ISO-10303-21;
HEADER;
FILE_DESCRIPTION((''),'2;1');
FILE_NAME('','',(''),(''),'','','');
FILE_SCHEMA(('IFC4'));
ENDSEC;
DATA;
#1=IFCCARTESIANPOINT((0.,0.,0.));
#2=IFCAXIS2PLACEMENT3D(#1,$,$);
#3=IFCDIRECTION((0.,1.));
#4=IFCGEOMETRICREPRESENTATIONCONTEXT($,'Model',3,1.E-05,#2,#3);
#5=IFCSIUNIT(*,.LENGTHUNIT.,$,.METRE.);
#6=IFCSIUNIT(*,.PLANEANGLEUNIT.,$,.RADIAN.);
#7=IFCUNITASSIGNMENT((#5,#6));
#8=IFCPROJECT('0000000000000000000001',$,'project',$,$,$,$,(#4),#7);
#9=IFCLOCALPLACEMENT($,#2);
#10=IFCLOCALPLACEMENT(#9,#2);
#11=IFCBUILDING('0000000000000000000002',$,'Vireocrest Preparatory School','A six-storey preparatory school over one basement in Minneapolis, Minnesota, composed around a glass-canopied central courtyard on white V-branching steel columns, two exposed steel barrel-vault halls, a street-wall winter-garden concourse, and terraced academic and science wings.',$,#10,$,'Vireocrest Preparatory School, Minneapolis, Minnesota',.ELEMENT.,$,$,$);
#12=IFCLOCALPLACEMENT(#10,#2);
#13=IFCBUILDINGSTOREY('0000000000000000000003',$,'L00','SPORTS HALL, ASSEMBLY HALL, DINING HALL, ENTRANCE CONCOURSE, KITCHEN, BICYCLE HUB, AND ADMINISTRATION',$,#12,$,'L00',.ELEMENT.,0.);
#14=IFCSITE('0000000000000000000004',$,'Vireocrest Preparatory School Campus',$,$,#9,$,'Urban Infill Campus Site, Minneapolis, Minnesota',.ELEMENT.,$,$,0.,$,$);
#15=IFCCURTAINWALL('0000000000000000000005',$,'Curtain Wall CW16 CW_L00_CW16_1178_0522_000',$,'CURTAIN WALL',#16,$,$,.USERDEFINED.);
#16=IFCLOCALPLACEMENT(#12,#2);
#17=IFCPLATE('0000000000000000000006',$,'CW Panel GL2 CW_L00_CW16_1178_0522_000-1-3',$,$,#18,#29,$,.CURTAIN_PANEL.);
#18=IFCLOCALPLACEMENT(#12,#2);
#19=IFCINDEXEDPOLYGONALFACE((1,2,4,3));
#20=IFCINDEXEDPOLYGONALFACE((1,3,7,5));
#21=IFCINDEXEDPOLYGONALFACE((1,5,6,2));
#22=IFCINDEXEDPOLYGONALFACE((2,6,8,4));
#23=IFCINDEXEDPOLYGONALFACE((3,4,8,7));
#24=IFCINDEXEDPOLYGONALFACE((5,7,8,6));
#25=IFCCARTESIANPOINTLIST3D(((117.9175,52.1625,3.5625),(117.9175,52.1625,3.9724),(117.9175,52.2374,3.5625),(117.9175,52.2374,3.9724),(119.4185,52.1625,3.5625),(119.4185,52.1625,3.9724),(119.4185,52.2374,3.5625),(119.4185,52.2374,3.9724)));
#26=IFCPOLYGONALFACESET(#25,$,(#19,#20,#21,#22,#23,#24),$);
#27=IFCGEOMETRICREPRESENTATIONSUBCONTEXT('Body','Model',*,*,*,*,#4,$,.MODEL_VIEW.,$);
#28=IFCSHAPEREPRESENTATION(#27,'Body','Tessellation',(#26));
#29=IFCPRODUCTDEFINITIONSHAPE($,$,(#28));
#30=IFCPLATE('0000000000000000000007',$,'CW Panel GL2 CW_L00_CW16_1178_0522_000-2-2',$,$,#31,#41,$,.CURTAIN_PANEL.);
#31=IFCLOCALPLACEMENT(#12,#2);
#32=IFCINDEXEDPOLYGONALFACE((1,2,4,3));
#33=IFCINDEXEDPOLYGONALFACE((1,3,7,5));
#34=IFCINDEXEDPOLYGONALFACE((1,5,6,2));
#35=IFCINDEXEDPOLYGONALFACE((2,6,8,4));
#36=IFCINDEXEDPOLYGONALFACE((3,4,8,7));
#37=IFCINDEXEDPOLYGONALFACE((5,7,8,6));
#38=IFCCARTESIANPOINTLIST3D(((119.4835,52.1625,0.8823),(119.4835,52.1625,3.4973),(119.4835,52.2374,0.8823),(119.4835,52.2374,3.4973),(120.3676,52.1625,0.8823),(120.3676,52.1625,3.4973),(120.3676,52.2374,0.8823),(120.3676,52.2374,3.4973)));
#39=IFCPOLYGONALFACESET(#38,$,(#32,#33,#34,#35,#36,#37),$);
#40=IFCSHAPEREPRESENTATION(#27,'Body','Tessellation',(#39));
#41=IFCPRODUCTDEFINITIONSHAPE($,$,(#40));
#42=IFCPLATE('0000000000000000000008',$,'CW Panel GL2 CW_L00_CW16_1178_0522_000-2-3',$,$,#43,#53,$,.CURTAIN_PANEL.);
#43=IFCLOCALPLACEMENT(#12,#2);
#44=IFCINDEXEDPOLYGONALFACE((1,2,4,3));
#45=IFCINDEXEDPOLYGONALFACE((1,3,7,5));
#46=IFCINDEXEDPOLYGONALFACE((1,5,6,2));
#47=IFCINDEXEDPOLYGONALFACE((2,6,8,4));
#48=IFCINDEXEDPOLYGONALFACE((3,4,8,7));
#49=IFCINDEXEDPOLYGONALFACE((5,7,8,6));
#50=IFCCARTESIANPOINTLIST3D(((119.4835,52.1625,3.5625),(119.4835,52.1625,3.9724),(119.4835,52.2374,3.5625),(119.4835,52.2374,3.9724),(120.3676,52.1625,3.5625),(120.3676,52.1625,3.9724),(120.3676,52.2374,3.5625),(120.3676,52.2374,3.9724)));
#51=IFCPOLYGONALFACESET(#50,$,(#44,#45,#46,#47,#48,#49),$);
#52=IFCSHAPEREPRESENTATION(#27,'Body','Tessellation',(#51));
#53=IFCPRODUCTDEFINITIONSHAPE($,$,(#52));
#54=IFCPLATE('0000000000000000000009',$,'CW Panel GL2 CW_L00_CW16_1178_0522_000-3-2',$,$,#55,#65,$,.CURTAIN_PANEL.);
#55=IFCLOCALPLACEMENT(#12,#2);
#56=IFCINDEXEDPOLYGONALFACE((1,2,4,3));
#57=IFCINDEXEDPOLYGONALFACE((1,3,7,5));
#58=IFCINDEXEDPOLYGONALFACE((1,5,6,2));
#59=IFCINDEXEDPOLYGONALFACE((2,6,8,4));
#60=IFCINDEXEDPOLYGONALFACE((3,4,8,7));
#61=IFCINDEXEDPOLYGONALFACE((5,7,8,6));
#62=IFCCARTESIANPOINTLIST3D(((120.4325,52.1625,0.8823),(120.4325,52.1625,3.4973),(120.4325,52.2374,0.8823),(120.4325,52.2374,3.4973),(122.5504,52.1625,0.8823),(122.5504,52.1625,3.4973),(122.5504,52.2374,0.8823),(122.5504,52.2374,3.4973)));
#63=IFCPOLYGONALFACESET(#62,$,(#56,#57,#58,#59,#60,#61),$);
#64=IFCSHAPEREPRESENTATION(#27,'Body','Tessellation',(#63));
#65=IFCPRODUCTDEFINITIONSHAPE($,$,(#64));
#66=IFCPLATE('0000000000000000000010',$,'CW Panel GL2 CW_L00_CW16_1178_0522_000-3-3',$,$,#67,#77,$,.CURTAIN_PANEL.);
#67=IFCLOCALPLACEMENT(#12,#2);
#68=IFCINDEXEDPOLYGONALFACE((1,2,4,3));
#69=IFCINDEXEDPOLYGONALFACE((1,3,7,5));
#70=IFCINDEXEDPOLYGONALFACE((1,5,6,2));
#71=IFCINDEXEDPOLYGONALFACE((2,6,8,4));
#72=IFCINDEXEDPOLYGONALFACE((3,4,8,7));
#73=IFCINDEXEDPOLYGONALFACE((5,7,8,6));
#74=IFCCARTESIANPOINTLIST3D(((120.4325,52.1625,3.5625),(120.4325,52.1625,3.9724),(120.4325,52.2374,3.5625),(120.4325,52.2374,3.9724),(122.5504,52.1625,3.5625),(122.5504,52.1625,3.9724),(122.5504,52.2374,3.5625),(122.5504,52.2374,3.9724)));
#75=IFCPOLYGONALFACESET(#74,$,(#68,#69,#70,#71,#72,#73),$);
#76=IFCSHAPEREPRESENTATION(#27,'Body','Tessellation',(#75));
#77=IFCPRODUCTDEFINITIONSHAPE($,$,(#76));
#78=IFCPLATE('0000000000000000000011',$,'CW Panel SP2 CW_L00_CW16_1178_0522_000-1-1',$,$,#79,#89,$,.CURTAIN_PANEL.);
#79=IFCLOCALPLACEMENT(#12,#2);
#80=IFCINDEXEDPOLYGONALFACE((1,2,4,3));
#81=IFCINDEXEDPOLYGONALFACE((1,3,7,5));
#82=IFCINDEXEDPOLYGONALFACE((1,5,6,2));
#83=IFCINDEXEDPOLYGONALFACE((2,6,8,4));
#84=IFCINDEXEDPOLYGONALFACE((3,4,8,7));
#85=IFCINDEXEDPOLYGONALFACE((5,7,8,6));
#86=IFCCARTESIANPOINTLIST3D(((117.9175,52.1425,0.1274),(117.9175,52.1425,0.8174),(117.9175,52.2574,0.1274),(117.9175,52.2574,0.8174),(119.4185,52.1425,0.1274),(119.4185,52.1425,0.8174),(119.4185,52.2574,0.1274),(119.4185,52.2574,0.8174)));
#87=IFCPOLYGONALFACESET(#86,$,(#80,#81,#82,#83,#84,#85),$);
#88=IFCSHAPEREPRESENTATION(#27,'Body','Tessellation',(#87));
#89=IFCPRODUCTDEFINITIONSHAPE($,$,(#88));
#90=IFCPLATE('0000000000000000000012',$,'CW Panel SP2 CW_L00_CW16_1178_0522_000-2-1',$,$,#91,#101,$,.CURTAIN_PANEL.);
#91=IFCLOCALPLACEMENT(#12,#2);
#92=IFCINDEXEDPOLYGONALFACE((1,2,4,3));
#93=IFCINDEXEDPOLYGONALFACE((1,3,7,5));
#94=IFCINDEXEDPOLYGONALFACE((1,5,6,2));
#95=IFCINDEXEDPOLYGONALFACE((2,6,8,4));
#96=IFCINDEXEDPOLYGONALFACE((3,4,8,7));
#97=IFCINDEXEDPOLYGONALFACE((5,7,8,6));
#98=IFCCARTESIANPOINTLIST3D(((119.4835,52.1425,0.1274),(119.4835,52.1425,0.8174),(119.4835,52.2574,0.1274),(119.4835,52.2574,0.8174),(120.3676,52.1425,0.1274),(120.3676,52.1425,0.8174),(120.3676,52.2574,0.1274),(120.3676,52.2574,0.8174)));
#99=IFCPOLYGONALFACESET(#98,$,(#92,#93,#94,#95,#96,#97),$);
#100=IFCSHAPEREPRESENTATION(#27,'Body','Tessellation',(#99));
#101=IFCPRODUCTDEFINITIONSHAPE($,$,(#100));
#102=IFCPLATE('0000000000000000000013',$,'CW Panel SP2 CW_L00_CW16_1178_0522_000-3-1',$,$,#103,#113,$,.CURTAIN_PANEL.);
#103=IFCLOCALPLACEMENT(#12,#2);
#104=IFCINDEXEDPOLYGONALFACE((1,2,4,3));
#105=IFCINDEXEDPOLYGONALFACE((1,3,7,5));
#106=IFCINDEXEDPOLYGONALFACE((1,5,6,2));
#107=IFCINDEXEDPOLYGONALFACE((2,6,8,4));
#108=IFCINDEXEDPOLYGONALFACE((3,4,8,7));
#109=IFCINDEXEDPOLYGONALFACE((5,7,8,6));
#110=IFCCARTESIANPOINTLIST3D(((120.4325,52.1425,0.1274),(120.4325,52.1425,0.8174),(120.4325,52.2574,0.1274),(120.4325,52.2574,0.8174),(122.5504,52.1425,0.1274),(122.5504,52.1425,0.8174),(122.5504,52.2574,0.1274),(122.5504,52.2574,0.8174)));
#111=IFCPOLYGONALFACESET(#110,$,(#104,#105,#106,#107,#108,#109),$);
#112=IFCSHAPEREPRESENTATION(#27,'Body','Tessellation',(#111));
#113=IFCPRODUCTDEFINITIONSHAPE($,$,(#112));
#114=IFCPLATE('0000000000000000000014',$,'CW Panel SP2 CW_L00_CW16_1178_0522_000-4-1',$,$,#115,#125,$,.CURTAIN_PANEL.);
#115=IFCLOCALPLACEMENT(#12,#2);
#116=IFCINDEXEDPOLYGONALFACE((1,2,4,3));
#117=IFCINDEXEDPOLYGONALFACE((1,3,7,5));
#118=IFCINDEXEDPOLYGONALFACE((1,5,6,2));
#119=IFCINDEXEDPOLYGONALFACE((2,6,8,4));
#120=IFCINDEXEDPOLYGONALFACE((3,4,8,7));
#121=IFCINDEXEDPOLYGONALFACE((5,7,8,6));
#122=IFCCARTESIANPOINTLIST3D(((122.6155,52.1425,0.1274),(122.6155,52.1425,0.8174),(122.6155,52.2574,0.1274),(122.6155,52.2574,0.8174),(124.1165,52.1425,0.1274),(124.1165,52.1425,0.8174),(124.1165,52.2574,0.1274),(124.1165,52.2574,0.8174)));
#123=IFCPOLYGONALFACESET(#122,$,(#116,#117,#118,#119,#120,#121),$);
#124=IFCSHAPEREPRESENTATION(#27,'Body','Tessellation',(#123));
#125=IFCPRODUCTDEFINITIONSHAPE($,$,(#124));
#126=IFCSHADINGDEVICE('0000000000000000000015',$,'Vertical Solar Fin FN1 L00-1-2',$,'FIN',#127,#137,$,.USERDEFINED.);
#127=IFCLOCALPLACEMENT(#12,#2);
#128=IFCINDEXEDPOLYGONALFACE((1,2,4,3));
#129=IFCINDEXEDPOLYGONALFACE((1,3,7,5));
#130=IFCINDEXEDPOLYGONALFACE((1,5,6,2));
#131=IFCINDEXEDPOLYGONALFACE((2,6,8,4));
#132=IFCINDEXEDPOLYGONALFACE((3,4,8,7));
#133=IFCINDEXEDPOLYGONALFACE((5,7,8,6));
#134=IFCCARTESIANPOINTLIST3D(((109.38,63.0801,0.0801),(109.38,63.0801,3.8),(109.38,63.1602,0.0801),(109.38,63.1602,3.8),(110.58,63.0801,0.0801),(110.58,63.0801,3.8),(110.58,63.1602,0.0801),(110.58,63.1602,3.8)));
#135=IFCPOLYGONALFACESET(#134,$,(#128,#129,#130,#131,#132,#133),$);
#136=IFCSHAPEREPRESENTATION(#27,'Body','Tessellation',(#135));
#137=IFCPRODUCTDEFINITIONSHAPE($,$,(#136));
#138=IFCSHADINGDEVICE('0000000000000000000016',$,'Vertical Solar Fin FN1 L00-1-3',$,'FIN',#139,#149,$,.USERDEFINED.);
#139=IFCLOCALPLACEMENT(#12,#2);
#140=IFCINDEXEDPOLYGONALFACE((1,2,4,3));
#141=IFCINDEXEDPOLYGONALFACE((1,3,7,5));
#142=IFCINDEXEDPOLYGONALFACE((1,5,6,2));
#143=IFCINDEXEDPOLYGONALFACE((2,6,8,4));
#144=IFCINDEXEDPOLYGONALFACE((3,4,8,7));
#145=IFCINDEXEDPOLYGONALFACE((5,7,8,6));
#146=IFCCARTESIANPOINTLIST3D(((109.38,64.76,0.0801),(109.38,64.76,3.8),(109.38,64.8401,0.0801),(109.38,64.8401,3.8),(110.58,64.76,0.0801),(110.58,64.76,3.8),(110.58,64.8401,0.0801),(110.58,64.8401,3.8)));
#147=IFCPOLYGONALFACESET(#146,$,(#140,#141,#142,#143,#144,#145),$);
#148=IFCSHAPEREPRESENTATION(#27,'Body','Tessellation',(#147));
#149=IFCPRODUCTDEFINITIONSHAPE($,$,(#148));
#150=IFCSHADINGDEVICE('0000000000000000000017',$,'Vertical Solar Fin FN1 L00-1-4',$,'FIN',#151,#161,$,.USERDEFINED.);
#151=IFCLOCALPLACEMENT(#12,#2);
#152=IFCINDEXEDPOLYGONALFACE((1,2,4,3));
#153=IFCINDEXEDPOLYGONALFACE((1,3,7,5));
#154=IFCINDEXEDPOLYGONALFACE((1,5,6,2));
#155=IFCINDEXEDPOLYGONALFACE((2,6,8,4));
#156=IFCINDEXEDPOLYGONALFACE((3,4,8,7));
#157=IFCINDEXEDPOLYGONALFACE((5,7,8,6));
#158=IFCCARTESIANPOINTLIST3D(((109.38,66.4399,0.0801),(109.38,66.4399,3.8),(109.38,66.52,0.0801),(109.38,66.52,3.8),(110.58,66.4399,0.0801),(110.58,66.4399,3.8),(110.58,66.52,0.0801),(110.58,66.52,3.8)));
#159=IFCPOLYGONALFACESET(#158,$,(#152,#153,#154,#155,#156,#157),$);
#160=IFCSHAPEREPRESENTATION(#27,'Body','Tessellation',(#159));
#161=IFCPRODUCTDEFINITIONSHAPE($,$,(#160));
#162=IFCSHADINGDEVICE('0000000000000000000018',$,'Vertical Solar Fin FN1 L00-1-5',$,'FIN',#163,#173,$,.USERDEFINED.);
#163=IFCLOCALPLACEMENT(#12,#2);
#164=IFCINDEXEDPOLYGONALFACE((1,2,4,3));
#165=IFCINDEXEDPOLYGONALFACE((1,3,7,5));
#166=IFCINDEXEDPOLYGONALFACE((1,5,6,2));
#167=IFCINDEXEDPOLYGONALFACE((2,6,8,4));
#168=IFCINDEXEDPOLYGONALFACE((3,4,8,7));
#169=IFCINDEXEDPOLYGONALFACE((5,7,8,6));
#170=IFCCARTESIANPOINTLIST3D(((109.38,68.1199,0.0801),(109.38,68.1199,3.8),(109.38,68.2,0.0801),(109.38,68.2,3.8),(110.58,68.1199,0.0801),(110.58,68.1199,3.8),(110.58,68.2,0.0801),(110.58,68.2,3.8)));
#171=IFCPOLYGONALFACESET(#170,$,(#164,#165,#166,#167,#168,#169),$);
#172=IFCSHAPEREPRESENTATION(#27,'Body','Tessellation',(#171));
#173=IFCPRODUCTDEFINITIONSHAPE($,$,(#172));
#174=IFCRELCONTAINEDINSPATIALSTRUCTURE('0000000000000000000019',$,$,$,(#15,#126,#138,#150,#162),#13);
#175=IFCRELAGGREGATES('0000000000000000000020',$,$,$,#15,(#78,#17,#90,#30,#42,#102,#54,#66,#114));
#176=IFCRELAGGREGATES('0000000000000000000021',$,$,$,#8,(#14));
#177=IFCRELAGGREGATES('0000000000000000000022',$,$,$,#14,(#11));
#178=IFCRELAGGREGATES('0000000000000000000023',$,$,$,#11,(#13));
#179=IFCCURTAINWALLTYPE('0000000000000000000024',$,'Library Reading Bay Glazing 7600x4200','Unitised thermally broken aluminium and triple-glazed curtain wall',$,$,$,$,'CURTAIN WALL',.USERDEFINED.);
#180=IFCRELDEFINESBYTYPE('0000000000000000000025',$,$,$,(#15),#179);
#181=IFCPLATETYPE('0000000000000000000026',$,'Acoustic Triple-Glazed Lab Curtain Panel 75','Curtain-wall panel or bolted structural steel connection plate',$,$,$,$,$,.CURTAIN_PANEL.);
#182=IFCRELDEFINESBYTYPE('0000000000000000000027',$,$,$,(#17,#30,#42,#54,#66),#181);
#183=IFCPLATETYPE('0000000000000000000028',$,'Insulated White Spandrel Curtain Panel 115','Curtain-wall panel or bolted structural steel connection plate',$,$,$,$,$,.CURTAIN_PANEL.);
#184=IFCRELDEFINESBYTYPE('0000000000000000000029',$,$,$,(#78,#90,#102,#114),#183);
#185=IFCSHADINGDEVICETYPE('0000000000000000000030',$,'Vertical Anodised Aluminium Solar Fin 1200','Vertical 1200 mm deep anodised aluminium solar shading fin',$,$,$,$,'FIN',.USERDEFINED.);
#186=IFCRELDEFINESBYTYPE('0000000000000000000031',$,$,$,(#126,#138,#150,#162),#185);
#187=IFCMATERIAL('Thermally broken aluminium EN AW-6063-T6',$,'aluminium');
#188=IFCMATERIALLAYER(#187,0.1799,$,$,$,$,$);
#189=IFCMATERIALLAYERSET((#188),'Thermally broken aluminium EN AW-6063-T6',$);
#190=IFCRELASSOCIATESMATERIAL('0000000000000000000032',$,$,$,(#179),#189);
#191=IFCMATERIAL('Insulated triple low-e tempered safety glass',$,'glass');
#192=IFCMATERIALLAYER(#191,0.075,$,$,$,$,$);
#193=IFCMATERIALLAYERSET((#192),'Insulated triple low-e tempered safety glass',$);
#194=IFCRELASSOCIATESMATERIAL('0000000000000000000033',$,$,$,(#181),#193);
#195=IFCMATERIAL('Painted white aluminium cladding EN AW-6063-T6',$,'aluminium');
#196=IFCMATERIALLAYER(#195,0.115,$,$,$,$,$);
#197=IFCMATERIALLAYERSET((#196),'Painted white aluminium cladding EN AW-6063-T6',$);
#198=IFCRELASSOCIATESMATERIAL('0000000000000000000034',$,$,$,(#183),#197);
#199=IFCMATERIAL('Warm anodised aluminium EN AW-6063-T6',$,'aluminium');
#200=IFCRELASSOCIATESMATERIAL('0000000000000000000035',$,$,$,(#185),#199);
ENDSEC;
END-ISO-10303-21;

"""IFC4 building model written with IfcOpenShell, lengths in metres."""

from ifc_helpers import new_model, si_unit, direction, frame, origin, origin_2d, place, context, subcontext, project, spatial, rectangle, extrude, material, layer, layer_set, material_profile, profile_set, type_object, element, aggregate, save


model = new_model("IFC4")

# Units and contexts
model_context = context("Model", 3, precision=1e-05, world=origin(), true_north=direction((0.0, 1.0)))
body_context = subcontext(model_context, "Body", "Model", "MODEL_VIEW")
ifc_project = project(units=[si_unit("LENGTHUNIT", "METRE"), si_unit("PLANEANGLEUNIT", "RADIAN")], contexts=[model_context])

# Site, building, storey
site_placement = place(None, origin())
site = spatial("IfcSite", under=ifc_project, at=site_placement, Name="Vireocrest Preparatory School Campus", LongName="Urban Infill Campus Site, Minneapolis, Minnesota", CompositionType="ELEMENT", RefElevation=0.0)
building_placement = place(site_placement, origin())
building = spatial("IfcBuilding", under=site, at=building_placement, Name="Vireocrest Preparatory School", Description="A six-storey preparatory school over one basement in Minneapolis, Minnesota, composed around a glass-canopied central courtyard on white V-branching steel columns, two exposed steel barrel-vault halls, a street-wall winter-garden concourse, and terraced academic and science wings.", LongName="Vireocrest Preparatory School, Minneapolis, Minnesota", CompositionType="ELEMENT")
storey_placement = place(building_placement, origin())
storey = spatial("IfcBuildingStorey", under=building, at=storey_placement, Name="L00", Description="SPORTS HALL, ASSEMBLY HALL, DINING HALL, ENTRANCE CONCOURSE, KITCHEN, BICYCLE HUB, AND ADMINISTRATION", LongName="L00", CompositionType="ELEMENT", Elevation=0.0)

# Curtain wall
ifc_material_1 = material(Name="Thermally broken aluminium EN AW-6063-T6", Category="aluminium")
ifc_layer_1 = layer(ifc_material_1, 0.1799)
ifc_layer_set_1 = layer_set([ifc_layer_1], Name="Thermally broken aluminium EN AW-6063-T6")
curtain_wall_type = type_object("IfcCurtainWallType", Name="Library Reading Bay Glazing 7600x4200", Description="Unitised thermally broken aluminium and triple-glazed curtain wall", ElementType="CURTAIN WALL", PredefinedType="USERDEFINED", material=ifc_layer_set_1)
curtain_wall_placement = place(storey_placement, origin())
curtain_wall = element("IfcCurtainWall", 1, at=curtain_wall_placement, inside=storey, type_object=curtain_wall_type, Name="Curtain Wall CW16 CW_L00_CW16_1178_0522_000", ObjectType="CURTAIN WALL", PredefinedType="USERDEFINED")

# Plates
ifc_material_2 = material(Name="Insulated triple low-e tempered safety glass", Category="glass")
ifc_layer_2 = layer(ifc_material_2, 0.075)
ifc_layer_set_2 = layer_set([ifc_layer_2], Name="Insulated triple low-e tempered safety glass")
plate_type_1 = type_object("IfcPlateType", Name="Acoustic Triple-Glazed Lab Curtain Panel 75", Description="Curtain-wall panel or bolted structural steel connection plate", PredefinedType="CURTAIN_PANEL", material=ifc_layer_set_2)
plate_1_placement = place(storey_placement, frame((118.668, 52.2, 3.5625), z_axis=(0.0, 0.0, 1.0), x_axis=(1.0, 0.0, 0.0)))
plate_1 = element("IfcPlate", 2, at=plate_1_placement, type_object=plate_type_1, Name="CW Panel GL2 CW_L00_CW16_1178_0522_000-1-3", PredefinedType="CURTAIN_PANEL", context=body_context, shape_type="SweptSolid", body=[
    extrude(rectangle(XDim=1.501, YDim=0.075, at=origin_2d()), origin(), (0.0, 0.0, 1.0), 0.4099),
])
plate_2_placement = place(storey_placement, frame((119.9255, 52.2, 0.8823), z_axis=(0.0, 0.0, 1.0), x_axis=(1.0, 0.0, 0.0)))
plate_2 = element("IfcPlate", 3, at=plate_2_placement, type_object=plate_type_1, Name="CW Panel GL2 CW_L00_CW16_1178_0522_000-2-2", PredefinedType="CURTAIN_PANEL", context=body_context, shape_type="SweptSolid", body=[
    extrude(rectangle(XDim=0.884, YDim=0.075, at=origin_2d()), origin(), (0.0, 0.0, 1.0), 2.615),
])
plate_3_placement = place(storey_placement, frame((119.9255, 52.2, 3.5625), z_axis=(0.0, 0.0, 1.0), x_axis=(1.0, 0.0, 0.0)))
plate_3 = element("IfcPlate", 4, at=plate_3_placement, type_object=plate_type_1, Name="CW Panel GL2 CW_L00_CW16_1178_0522_000-2-3", PredefinedType="CURTAIN_PANEL", context=body_context, shape_type="SweptSolid", body=[
    extrude(rectangle(XDim=0.884, YDim=0.075, at=origin_2d()), origin(), (0.0, 0.0, 1.0), 0.4099),
])
plate_4_placement = place(storey_placement, frame((121.4915, 52.2, 0.8823), z_axis=(0.0, 0.0, 1.0), x_axis=(1.0, 0.0, 0.0)))
plate_4 = element("IfcPlate", 5, at=plate_4_placement, type_object=plate_type_1, Name="CW Panel GL2 CW_L00_CW16_1178_0522_000-3-2", PredefinedType="CURTAIN_PANEL", context=body_context, shape_type="SweptSolid", body=[
    extrude(rectangle(XDim=2.1179, YDim=0.075, at=origin_2d()), origin(), (0.0, 0.0, 1.0), 2.615),
])
plate_5_placement = place(storey_placement, frame((121.4915, 52.2, 3.5625), z_axis=(0.0, 0.0, 1.0), x_axis=(1.0, 0.0, 0.0)))
plate_5 = element("IfcPlate", 6, at=plate_5_placement, type_object=plate_type_1, Name="CW Panel GL2 CW_L00_CW16_1178_0522_000-3-3", PredefinedType="CURTAIN_PANEL", context=body_context, shape_type="SweptSolid", body=[
    extrude(rectangle(XDim=2.1179, YDim=0.075, at=origin_2d()), origin(), (0.0, 0.0, 1.0), 0.4099),
])
ifc_material_3 = material(Name="Painted white aluminium cladding EN AW-6063-T6", Category="aluminium")
ifc_layer_3 = layer(ifc_material_3, 0.115)
ifc_layer_set_3 = layer_set([ifc_layer_3], Name="Painted white aluminium cladding EN AW-6063-T6")
plate_type_2 = type_object("IfcPlateType", Name="Insulated White Spandrel Curtain Panel 115", Description="Curtain-wall panel or bolted structural steel connection plate", PredefinedType="CURTAIN_PANEL", material=ifc_layer_set_3)
plate_6_placement = place(storey_placement, frame((118.668, 52.2, 0.1274), z_axis=(0.0, 0.0, 1.0), x_axis=(1.0, 0.0, 0.0)))
plate_6 = element("IfcPlate", 7, at=plate_6_placement, type_object=plate_type_2, Name="CW Panel SP2 CW_L00_CW16_1178_0522_000-1-1", PredefinedType="CURTAIN_PANEL", context=body_context, shape_type="SweptSolid", body=[
    extrude(rectangle(XDim=1.501, YDim=0.115, at=origin_2d()), origin(), (0.0, 0.0, 1.0), 0.6899),
])
plate_7_placement = place(storey_placement, frame((119.9255, 52.2, 0.1274), z_axis=(0.0, 0.0, 1.0), x_axis=(1.0, 0.0, 0.0)))
plate_7 = element("IfcPlate", 8, at=plate_7_placement, type_object=plate_type_2, Name="CW Panel SP2 CW_L00_CW16_1178_0522_000-2-1", PredefinedType="CURTAIN_PANEL", context=body_context, shape_type="SweptSolid", body=[
    extrude(rectangle(XDim=0.884, YDim=0.115, at=origin_2d()), origin(), (0.0, 0.0, 1.0), 0.6899),
])
plate_8_placement = place(storey_placement, frame((121.4915, 52.2, 0.1274), z_axis=(0.0, 0.0, 1.0), x_axis=(1.0, 0.0, 0.0)))
plate_8 = element("IfcPlate", 9, at=plate_8_placement, type_object=plate_type_2, Name="CW Panel SP2 CW_L00_CW16_1178_0522_000-3-1", PredefinedType="CURTAIN_PANEL", context=body_context, shape_type="SweptSolid", body=[
    extrude(rectangle(XDim=2.1179, YDim=0.115, at=origin_2d()), origin(), (0.0, 0.0, 1.0), 0.6899),
])
plate_9_placement = place(storey_placement, frame((123.366, 52.2, 0.1274), z_axis=(0.0, 0.0, 1.0), x_axis=(1.0, 0.0, 0.0)))
plate_9 = element("IfcPlate", 10, at=plate_9_placement, type_object=plate_type_2, Name="CW Panel SP2 CW_L00_CW16_1178_0522_000-4-1", PredefinedType="CURTAIN_PANEL", context=body_context, shape_type="SweptSolid", body=[
    extrude(rectangle(XDim=1.501, YDim=0.115, at=origin_2d()), origin(), (0.0, 0.0, 1.0), 0.6899),
])
aggregate(curtain_wall, [plate_6, plate_1, plate_7, plate_2, plate_3, plate_8, plate_4, plate_5, plate_9])

# Shading devices
ifc_material_4 = material(Name="Warm anodised aluminium EN AW-6063-T6", Category="aluminium")
ifc_material_profile_1 = material_profile(ifc_material_4, rectangle(XDim=0.0801, YDim=1.2, at=origin_2d()), Name="FIN 80x1200")
ifc_profile_set_1 = profile_set([ifc_material_profile_1], Name="Warm anodised aluminium EN AW-6063-T6")
shading_device_type = type_object("IfcShadingDeviceType", Name="Vertical Anodised Aluminium Solar Fin 1200", Description="Vertical 1200 mm deep anodised aluminium solar shading fin", ElementType="FIN", PredefinedType="USERDEFINED", material=ifc_profile_set_1)
for number, where, z_axis, x_axis, name in (
    (11, (109.98, 63.1201, 0.0801), (0.0, 0.0, 1.0), (0.0, -1.0, 0.0), "Vertical Solar Fin FN1 L00-1-2"),
    (12, (109.98, 64.8, 0.0801), (0.0, 0.0, 1.0), (0.0, -1.0, 0.0), "Vertical Solar Fin FN1 L00-1-3"),
    (13, (109.98, 66.48, 0.0801), (0.0, 0.0, 1.0), (0.0, -1.0, 0.0), "Vertical Solar Fin FN1 L00-1-4"),
    (14, (109.98, 68.1599, 0.0801), (0.0, 0.0, 1.0), (0.0, -1.0, 0.0), "Vertical Solar Fin FN1 L00-1-5"),
):
    element("IfcShadingDevice", number, at=place(storey_placement, frame(where, z_axis=z_axis, x_axis=x_axis)), inside=storey, type_object=shading_device_type, Name=name, ObjectType="FIN", PredefinedType="USERDEFINED", context=body_context, shape_type="SweptSolid", body=[
        extrude(rectangle(XDim=0.0801, YDim=1.2, at=origin_2d()), origin(), (0.0, 0.0, 1.0), 3.72),
    ])

save(model, "model.ifc")
